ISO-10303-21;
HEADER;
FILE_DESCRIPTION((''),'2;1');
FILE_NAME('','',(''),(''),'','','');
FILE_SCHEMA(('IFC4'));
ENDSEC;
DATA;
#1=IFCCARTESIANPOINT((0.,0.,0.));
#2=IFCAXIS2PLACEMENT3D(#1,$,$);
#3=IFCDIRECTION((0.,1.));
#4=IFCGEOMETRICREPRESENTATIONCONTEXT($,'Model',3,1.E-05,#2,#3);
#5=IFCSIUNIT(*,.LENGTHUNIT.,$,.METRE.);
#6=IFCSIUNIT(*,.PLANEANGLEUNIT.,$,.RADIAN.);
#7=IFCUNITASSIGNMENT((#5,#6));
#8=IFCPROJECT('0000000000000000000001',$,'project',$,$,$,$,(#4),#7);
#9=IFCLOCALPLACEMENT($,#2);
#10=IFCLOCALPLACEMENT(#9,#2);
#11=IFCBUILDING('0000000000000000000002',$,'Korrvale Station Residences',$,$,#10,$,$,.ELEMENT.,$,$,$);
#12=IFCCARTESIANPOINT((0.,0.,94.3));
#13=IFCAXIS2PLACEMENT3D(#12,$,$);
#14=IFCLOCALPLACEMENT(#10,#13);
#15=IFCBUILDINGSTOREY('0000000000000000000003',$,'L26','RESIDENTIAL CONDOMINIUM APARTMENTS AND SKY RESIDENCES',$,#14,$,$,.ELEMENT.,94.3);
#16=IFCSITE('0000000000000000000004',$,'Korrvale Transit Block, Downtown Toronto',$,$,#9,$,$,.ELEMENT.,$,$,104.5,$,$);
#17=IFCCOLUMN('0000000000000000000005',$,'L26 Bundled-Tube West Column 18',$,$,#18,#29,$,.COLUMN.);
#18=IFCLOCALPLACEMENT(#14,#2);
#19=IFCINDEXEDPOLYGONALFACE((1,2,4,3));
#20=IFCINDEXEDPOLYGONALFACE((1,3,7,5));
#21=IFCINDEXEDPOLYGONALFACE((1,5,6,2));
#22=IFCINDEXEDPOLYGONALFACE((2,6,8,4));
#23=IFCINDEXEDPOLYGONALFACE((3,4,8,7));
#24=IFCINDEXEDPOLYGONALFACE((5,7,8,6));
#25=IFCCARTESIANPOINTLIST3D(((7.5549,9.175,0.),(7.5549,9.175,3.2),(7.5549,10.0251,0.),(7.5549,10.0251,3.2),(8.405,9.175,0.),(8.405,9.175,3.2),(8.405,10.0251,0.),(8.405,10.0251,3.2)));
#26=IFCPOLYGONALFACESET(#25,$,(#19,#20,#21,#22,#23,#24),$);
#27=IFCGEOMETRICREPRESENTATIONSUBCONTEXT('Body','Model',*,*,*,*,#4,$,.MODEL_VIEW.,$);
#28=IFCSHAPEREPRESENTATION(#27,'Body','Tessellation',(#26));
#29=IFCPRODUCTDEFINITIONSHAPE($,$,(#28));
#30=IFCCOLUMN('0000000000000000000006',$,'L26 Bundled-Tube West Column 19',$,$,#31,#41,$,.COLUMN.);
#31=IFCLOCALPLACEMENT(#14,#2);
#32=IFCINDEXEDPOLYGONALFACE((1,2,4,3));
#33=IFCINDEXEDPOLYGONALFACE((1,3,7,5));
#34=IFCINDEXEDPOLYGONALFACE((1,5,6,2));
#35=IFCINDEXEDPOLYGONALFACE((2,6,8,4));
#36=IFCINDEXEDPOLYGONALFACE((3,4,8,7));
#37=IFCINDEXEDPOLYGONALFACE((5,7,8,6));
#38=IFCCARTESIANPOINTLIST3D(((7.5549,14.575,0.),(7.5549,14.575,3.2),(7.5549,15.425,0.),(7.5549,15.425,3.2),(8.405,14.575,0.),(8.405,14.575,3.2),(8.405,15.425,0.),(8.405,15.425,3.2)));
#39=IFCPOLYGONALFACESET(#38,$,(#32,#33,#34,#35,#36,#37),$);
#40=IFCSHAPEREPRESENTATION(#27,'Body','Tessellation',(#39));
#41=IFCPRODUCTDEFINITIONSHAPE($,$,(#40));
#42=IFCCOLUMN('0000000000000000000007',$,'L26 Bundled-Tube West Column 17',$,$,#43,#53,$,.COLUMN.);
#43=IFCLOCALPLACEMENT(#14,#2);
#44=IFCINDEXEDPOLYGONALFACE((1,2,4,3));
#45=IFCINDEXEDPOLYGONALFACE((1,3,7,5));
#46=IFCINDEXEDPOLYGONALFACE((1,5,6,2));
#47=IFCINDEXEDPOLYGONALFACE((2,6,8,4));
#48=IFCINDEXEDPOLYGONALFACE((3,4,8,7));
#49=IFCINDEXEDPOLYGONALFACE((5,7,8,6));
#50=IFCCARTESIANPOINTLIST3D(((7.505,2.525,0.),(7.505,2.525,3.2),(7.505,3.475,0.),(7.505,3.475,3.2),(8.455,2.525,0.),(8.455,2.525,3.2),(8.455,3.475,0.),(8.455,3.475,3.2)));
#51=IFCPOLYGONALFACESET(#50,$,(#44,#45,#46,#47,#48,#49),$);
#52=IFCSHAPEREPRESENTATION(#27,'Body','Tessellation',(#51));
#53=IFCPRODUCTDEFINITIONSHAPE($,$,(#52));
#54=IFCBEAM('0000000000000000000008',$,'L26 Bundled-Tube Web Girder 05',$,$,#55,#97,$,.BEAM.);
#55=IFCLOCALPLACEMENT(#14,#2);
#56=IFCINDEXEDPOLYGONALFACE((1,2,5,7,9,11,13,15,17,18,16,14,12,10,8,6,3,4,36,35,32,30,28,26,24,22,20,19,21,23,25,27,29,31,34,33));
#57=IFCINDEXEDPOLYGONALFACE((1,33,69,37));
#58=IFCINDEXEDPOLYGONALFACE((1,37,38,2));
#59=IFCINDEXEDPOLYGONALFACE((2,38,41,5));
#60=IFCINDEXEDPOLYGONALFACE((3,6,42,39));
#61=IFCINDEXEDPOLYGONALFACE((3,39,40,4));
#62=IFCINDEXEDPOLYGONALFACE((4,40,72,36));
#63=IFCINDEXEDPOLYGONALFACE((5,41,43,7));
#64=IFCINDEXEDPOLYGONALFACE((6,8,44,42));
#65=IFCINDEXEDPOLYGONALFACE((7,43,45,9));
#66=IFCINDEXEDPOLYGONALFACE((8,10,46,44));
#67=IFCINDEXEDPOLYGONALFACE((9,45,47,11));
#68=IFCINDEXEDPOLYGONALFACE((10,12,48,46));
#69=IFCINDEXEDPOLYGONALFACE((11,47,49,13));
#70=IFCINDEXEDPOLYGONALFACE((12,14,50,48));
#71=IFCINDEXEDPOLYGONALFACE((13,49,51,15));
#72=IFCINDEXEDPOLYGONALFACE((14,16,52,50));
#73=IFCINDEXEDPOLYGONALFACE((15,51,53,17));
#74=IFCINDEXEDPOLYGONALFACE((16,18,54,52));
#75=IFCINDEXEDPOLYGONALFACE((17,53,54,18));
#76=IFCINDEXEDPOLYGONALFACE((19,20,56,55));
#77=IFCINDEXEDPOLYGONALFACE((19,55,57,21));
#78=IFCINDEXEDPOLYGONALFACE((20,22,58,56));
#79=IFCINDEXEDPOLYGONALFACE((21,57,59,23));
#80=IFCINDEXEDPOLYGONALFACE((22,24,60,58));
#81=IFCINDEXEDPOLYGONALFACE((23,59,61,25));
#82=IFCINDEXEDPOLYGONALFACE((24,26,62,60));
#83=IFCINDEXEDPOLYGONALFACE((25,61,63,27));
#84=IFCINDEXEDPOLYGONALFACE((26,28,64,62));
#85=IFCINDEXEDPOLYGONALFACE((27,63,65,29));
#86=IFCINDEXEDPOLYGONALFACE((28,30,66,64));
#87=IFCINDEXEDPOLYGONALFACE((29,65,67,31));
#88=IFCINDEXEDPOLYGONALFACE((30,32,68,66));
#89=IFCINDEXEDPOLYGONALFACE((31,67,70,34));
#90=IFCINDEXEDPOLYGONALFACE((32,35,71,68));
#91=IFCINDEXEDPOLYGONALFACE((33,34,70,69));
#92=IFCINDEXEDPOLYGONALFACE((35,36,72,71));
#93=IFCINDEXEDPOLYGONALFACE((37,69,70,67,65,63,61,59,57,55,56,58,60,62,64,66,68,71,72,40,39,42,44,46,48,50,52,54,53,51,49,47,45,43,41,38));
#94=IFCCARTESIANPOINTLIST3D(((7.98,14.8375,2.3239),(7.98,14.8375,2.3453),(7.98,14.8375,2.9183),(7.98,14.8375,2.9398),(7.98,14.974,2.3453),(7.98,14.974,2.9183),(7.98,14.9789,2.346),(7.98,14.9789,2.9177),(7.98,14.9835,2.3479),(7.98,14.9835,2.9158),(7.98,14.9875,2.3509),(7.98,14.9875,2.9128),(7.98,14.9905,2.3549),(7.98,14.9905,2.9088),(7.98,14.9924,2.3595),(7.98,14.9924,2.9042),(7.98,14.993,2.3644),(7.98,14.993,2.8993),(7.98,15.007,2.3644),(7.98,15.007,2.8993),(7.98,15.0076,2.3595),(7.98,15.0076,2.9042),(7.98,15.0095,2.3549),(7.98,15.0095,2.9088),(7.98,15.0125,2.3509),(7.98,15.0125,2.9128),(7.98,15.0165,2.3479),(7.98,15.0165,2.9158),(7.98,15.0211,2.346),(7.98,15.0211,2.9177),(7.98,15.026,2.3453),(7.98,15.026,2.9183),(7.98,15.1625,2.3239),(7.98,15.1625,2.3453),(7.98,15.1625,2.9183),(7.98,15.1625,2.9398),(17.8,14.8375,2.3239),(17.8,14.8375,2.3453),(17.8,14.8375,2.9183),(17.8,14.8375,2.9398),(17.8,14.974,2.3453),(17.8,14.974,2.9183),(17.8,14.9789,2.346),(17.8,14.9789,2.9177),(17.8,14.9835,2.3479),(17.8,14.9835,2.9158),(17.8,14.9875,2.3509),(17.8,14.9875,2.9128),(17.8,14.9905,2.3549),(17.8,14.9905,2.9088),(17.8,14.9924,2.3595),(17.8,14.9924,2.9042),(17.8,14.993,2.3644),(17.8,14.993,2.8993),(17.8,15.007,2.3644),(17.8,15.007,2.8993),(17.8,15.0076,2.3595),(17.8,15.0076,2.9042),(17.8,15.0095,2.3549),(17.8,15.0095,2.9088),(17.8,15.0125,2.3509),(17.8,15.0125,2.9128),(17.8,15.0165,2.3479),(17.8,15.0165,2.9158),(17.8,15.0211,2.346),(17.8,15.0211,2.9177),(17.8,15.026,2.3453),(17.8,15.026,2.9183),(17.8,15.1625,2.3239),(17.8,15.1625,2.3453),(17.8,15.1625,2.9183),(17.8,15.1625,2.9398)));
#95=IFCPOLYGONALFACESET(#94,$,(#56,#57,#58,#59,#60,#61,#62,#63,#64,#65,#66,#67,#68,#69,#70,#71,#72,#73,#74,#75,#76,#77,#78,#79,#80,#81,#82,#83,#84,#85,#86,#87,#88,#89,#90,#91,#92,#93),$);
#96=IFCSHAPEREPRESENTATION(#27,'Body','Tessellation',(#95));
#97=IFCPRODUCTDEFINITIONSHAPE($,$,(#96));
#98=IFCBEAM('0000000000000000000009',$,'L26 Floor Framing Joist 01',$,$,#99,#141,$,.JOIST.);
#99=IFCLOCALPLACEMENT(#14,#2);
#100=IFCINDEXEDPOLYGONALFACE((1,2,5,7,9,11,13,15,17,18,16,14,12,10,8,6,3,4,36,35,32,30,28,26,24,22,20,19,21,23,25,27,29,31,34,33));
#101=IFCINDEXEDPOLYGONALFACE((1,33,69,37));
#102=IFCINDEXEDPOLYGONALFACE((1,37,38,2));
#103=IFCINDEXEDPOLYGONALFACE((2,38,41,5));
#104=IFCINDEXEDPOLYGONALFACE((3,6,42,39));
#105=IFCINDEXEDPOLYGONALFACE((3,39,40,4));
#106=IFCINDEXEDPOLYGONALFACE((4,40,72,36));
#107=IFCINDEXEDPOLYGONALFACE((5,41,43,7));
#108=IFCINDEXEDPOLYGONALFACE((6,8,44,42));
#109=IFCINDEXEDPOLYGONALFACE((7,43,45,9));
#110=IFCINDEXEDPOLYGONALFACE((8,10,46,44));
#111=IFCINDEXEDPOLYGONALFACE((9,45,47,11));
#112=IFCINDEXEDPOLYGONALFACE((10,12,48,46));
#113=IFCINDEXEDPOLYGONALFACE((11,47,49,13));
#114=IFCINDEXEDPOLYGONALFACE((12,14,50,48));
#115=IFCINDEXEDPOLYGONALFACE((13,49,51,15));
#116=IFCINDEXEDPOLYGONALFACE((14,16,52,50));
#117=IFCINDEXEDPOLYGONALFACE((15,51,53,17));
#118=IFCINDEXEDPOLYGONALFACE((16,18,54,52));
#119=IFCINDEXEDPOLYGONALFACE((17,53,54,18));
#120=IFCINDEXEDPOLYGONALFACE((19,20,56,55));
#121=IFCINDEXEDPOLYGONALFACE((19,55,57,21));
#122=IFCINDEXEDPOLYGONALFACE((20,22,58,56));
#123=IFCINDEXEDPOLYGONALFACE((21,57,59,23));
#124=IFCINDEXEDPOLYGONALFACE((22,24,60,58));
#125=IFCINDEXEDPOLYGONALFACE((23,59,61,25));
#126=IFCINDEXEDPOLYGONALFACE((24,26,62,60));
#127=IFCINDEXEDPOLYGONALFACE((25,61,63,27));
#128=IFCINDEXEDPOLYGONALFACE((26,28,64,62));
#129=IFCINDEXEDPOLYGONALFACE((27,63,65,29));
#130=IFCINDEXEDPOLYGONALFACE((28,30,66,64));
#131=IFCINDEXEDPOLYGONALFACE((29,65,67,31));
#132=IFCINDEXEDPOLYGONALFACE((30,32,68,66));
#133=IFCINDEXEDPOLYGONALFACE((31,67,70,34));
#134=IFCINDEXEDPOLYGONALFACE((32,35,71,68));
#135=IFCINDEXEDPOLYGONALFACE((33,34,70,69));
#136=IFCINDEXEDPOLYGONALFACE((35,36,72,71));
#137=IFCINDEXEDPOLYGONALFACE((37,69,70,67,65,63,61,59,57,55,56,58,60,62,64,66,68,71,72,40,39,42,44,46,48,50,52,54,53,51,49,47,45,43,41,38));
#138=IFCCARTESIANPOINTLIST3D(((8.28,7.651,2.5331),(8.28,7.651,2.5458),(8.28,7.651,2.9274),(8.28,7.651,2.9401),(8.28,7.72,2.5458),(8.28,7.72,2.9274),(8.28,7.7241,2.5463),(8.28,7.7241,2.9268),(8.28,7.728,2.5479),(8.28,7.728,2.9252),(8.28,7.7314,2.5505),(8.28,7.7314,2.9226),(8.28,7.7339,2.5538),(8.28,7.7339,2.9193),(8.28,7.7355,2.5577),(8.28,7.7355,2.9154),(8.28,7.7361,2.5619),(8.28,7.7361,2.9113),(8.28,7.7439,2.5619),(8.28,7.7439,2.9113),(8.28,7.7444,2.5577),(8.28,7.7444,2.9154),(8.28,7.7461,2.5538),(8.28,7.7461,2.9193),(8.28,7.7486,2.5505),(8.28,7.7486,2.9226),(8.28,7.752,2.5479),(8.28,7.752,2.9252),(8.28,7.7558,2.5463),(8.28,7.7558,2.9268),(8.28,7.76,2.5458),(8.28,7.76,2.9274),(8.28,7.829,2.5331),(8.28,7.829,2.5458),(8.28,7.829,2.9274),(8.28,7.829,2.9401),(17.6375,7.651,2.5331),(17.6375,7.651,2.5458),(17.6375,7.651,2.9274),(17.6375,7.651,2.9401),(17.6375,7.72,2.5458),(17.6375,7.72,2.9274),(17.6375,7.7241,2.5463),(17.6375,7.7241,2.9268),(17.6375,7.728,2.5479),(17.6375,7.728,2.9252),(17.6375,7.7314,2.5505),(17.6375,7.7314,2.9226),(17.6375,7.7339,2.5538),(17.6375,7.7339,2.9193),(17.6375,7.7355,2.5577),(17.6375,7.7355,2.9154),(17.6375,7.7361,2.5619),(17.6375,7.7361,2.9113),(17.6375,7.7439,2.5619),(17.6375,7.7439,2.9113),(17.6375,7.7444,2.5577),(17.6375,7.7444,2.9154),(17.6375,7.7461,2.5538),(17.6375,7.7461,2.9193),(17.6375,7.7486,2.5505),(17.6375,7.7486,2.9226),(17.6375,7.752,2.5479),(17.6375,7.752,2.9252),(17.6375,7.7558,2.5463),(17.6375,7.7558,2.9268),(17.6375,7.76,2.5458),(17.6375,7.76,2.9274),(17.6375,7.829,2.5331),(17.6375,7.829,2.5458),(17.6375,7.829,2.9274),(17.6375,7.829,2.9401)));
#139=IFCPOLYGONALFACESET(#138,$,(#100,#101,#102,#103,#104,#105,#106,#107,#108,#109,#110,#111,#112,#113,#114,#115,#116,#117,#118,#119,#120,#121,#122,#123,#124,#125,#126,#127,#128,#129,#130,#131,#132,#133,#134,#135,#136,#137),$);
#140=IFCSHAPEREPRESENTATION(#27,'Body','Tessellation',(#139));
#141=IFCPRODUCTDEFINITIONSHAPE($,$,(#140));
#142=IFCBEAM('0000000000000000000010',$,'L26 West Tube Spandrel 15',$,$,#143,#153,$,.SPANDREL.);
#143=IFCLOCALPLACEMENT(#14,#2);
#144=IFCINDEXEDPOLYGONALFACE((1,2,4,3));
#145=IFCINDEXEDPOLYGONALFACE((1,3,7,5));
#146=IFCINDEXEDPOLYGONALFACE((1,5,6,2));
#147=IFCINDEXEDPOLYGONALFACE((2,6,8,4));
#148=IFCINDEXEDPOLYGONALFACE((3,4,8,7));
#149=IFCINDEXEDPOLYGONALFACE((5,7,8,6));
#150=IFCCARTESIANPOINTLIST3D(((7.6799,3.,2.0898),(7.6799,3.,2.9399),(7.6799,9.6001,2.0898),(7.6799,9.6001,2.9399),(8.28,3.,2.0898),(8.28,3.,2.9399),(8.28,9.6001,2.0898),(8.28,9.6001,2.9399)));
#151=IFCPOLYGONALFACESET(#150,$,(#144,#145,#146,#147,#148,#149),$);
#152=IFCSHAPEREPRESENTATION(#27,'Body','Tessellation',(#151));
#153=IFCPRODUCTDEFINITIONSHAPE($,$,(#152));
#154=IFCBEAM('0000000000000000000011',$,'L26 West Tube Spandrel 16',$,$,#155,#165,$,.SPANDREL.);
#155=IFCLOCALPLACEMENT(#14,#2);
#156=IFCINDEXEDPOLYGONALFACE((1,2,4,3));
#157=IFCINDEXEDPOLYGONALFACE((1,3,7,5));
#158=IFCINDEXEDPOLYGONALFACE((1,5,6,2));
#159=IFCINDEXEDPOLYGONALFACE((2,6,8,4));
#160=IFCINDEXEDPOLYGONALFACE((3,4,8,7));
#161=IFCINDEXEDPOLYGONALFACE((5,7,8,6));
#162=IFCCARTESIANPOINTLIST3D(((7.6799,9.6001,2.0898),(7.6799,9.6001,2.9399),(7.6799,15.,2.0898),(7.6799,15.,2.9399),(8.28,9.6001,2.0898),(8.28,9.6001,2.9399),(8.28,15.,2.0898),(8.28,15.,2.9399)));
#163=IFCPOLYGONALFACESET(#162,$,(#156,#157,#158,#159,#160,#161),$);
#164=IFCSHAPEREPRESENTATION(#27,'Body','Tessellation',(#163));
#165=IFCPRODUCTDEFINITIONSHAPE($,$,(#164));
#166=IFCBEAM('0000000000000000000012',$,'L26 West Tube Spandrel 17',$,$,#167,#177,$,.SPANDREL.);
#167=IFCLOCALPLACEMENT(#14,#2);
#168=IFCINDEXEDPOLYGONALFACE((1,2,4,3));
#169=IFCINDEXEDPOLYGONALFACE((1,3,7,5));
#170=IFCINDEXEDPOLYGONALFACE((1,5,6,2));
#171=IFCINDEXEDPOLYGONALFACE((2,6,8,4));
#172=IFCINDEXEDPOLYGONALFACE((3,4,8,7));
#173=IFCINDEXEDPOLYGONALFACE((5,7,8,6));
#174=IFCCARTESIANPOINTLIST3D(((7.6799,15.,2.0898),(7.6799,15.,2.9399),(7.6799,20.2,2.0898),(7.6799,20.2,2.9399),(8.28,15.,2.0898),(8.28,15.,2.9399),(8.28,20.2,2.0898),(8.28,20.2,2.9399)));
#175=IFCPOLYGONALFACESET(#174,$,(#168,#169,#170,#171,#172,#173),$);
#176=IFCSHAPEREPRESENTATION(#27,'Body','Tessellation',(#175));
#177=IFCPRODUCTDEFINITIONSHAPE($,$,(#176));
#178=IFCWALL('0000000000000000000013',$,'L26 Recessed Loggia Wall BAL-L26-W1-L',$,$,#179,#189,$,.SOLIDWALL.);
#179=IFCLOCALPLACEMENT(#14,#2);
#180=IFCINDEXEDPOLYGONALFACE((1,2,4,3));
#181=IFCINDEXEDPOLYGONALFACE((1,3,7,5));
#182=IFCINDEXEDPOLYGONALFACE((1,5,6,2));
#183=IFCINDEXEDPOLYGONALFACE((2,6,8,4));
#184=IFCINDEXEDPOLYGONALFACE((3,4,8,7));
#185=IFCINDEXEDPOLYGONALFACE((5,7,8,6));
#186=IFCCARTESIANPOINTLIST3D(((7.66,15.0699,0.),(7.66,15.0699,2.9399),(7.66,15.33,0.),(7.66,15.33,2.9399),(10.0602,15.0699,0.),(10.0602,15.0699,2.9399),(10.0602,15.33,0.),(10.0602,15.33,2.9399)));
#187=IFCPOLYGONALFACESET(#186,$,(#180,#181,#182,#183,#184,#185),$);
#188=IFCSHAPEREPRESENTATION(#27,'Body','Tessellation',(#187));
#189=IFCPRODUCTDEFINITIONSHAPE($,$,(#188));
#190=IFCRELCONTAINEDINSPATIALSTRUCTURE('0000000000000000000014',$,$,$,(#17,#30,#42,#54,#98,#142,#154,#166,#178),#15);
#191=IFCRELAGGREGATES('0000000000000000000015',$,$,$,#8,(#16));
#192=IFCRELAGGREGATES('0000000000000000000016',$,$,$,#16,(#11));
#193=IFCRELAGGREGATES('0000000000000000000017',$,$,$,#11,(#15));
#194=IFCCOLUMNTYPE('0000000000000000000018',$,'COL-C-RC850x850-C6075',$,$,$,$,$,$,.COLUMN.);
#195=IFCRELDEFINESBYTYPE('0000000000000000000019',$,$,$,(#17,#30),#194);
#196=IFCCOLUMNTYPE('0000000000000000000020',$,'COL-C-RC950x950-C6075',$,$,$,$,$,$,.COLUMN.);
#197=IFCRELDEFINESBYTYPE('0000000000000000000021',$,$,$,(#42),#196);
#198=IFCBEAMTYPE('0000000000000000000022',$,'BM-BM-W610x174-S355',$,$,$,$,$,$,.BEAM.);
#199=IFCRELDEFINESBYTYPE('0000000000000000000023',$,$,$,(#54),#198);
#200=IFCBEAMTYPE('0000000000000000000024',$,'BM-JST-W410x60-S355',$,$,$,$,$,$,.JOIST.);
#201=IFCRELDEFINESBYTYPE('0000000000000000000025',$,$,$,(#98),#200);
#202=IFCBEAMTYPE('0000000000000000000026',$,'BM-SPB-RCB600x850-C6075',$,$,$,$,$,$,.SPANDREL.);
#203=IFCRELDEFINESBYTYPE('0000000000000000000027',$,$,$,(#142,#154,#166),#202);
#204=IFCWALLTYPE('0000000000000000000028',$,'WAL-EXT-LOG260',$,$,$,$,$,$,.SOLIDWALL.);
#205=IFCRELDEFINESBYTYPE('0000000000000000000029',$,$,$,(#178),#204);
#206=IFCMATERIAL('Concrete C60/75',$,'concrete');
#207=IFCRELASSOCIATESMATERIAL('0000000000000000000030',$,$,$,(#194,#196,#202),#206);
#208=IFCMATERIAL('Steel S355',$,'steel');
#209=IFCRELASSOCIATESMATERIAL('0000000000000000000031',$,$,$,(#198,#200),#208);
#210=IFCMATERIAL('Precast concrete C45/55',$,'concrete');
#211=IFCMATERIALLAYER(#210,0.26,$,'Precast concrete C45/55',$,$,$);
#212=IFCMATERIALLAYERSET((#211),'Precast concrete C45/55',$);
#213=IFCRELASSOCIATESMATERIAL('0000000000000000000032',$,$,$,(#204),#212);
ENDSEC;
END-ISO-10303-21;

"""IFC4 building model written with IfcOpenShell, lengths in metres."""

from ifc_helpers import new_model, si_unit, direction, frame, frame_2d, origin, origin_2d, place, context, subcontext, project, spatial, rectangle, i_section, extrude, material, layer, layer_set, material_profile, profile_set, type_object, element, save


model = new_model("IFC4")

# Units and contexts
model_context = context("Model", 3, precision=1e-05, world=origin(), true_north=direction((0.0, 1.0)))
body_context = subcontext(model_context, "Body", "Model", "MODEL_VIEW")
ifc_project = project(units=[si_unit("LENGTHUNIT", "METRE"), si_unit("PLANEANGLEUNIT", "RADIAN")], contexts=[model_context])

# Site, building, storey
site_placement = place(None, origin())
site = spatial("IfcSite", under=ifc_project, at=site_placement, Name="Korrvale Transit Block, Downtown Toronto", CompositionType="ELEMENT", RefElevation=104.5)
building_placement = place(site_placement, origin())
building = spatial("IfcBuilding", under=site, at=building_placement, Name="Korrvale Station Residences", CompositionType="ELEMENT")
storey_placement = place(building_placement, frame((0.0, 0.0, 94.3)))
storey = spatial("IfcBuildingStorey", under=building, at=storey_placement, Name="L26", Description="RESIDENTIAL CONDOMINIUM APARTMENTS AND SKY RESIDENCES", CompositionType="ELEMENT", Elevation=94.3)

# Columns
ifc_material_1 = material(Name="Concrete C60/75", Category="concrete")
ifc_material_profile_1 = material_profile(ifc_material_1, rectangle(XDim=0.8501, YDim=0.8501, at=origin_2d()), Name="RC850x850")
ifc_profile_set_1 = profile_set([ifc_material_profile_1], Name="Concrete C60/75")
column_type_1 = type_object("IfcColumnType", Name="COL-C-RC850x850-C6075", PredefinedType="COLUMN", material=ifc_profile_set_1)
for number, where, z_axis, x_axis, name in (
    (1, (7.98, 9.6001, 0.0), (0.0, 0.0, 1.0), (1.0, 0.0, 0.0), "L26 Bundled-Tube West Column 18"),
    (2, (7.98, 15.0, 0.0), (0.0, 0.0, 1.0), (1.0, 0.0, 0.0), "L26 Bundled-Tube West Column 19"),
):
    element("IfcColumn", number, at=place(storey_placement, frame(where, z_axis=z_axis, x_axis=x_axis)), inside=storey, type_object=column_type_1, Name=name, PredefinedType="COLUMN", context=body_context, shape_type="SweptSolid", body=[
        extrude(rectangle(XDim=0.8501, YDim=0.8501, at=origin_2d()), origin(), (0.0, 0.0, 1.0), 3.2),
    ])
ifc_material_profile_2 = material_profile(ifc_material_1, rectangle(XDim=0.95, YDim=0.95, at=origin_2d()), Name="RC950x950")
ifc_profile_set_2 = profile_set([ifc_material_profile_2], Name="Concrete C60/75")
column_type_2 = type_object("IfcColumnType", Name="COL-C-RC950x950-C6075", PredefinedType="COLUMN", material=ifc_profile_set_2)
column_placement = place(storey_placement, frame((7.98, 3.0, 0.0), z_axis=(0.0, 0.0, 1.0), x_axis=(1.0, 0.0, 0.0)))
element("IfcColumn", 3, at=column_placement, inside=storey, type_object=column_type_2, Name="L26 Bundled-Tube West Column 17", PredefinedType="COLUMN", context=body_context, shape_type="SweptSolid", body=[
    extrude(rectangle(XDim=0.95, YDim=0.95, at=origin_2d()), origin(), (0.0, 0.0, 1.0), 3.2),
])

# Beams
ifc_material_2 = material(Name="Steel S355", Category="steel")
ifc_material_profile_3 = material_profile(ifc_material_2, i_section(OverallWidth=0.325, OverallDepth=0.616, WebThickness=0.0139, FlangeThickness=0.0215, FilletRadius=0.019, at=origin_2d()), Name="W610x174")
ifc_profile_set_3 = profile_set([ifc_material_profile_3], Name="Steel S355")
beam_type_1 = type_object("IfcBeamType", Name="BM-BM-W610x174-S355", PredefinedType="BEAM", material=ifc_profile_set_3)
beam_1_placement = place(storey_placement, frame((7.98, 15.0, 2.6318), z_axis=(1.0, 0.0, 0.0), x_axis=(0.0, 1.0, 0.0)))
element("IfcBeam", 4, at=beam_1_placement, inside=storey, type_object=beam_type_1, Name="L26 Bundled-Tube Web Girder 05", PredefinedType="BEAM", context=body_context, shape_type="SweptSolid", body=[
    extrude(i_section(OverallWidth=0.325, OverallDepth=0.616, WebThickness=0.0139, FlangeThickness=0.0215, FilletRadius=0.019, at=origin_2d()), origin(), (0.0, 0.0, 1.0), 9.8201),
])
ifc_material_profile_4 = material_profile(ifc_material_2, i_section(OverallWidth=0.178, OverallDepth=0.407, WebThickness=0.0078, FlangeThickness=0.0127, FilletRadius=0.0161, at=origin_2d()), Name="W410x60")
ifc_profile_set_4 = profile_set([ifc_material_profile_4], Name="Steel S355")
beam_type_2 = type_object("IfcBeamType", Name="BM-JST-W410x60-S355", PredefinedType="JOIST", material=ifc_profile_set_4)
beam_2_placement = place(storey_placement, frame((8.28, 7.74, 2.7366), z_axis=(1.0, 0.0, 0.0), x_axis=(0.0, 1.0, 0.0)))
element("IfcBeam", 5, at=beam_2_placement, inside=storey, type_object=beam_type_2, Name="L26 Floor Framing Joist 01", PredefinedType="JOIST", context=body_context, shape_type="SweptSolid", body=[
    extrude(i_section(OverallWidth=0.178, OverallDepth=0.407, WebThickness=0.0078, FlangeThickness=0.0127, FilletRadius=0.0161, at=origin_2d()), origin(), (0.0, 0.0, 1.0), 9.3574),
])
ifc_material_profile_5 = material_profile(ifc_material_1, rectangle(XDim=0.6001, YDim=0.8501, at=origin_2d()), Name="RCB600x850")
ifc_profile_set_5 = profile_set([ifc_material_profile_5], Name="Concrete C60/75")
beam_type_3 = type_object("IfcBeamType", Name="BM-SPB-RCB600x850-C6075", PredefinedType="SPANDREL", material=ifc_profile_set_5)
beam_3_placement = place(storey_placement, frame((7.98, 3.0, 2.5149), z_axis=(0.0, 1.0, 0.0), x_axis=(-1.0, 0.0, 0.0)))
element("IfcBeam", 6, at=beam_3_placement, inside=storey, type_object=beam_type_3, Name="L26 West Tube Spandrel 15", PredefinedType="SPANDREL", context=body_context, shape_type="SweptSolid", body=[
    extrude(rectangle(XDim=0.6001, YDim=0.8501, at=origin_2d()), origin(), (0.0, 0.0, 1.0), 6.6001),
])
beam_4_placement = place(storey_placement, frame((7.98, 9.6001, 2.5149), z_axis=(0.0, 1.0, 0.0), x_axis=(-1.0, 0.0, 0.0)))
element("IfcBeam", 7, at=beam_4_placement, inside=storey, type_object=beam_type_3, Name="L26 West Tube Spandrel 16", PredefinedType="SPANDREL", context=body_context, shape_type="SweptSolid", body=[
    extrude(rectangle(XDim=0.6001, YDim=0.8501, at=origin_2d()), origin(), (0.0, 0.0, 1.0), 5.3999),
])
beam_5_placement = place(storey_placement, frame((7.98, 15.0, 2.5149), z_axis=(0.0, 1.0, 0.0), x_axis=(-1.0, 0.0, 0.0)))
element("IfcBeam", 8, at=beam_5_placement, inside=storey, type_object=beam_type_3, Name="L26 West Tube Spandrel 17", PredefinedType="SPANDREL", context=body_context, shape_type="SweptSolid", body=[
    extrude(rectangle(XDim=0.6001, YDim=0.8501, at=origin_2d()), origin(), (0.0, 0.0, 1.0), 5.2),
])

# Wall
ifc_material_3 = material(Name="Precast concrete C45/55", Category="concrete")
ifc_layer_1 = layer(ifc_material_3, 0.26, Name="Precast concrete C45/55")
ifc_layer_set_1 = layer_set([ifc_layer_1], Name="Precast concrete C45/55")
wall_type_1 = type_object("IfcWallType", Name="WAL-EXT-LOG260", PredefinedType="SOLIDWALL", material=ifc_layer_set_1)
wall_1_placement = place(storey_placement, frame((7.6599, 15.2, 0.0), z_axis=(0.0, 0.0, 1.0), x_axis=(1.0, 0.0, 0.0)))
element("IfcWall", 9, at=wall_1_placement, inside=storey, type_object=wall_type_1, Name="L26 Recessed Loggia Wall BAL-L26-W1-L", PredefinedType="SOLIDWALL", context=body_context, shape_type="SweptSolid", body=[
    extrude(rectangle(XDim=2.4001, YDim=0.26, at=frame_2d((1.2002, 0.0))), origin(), (0.0, 0.0, 1.0), 2.9399),
])

save(model, "model.ifc")
